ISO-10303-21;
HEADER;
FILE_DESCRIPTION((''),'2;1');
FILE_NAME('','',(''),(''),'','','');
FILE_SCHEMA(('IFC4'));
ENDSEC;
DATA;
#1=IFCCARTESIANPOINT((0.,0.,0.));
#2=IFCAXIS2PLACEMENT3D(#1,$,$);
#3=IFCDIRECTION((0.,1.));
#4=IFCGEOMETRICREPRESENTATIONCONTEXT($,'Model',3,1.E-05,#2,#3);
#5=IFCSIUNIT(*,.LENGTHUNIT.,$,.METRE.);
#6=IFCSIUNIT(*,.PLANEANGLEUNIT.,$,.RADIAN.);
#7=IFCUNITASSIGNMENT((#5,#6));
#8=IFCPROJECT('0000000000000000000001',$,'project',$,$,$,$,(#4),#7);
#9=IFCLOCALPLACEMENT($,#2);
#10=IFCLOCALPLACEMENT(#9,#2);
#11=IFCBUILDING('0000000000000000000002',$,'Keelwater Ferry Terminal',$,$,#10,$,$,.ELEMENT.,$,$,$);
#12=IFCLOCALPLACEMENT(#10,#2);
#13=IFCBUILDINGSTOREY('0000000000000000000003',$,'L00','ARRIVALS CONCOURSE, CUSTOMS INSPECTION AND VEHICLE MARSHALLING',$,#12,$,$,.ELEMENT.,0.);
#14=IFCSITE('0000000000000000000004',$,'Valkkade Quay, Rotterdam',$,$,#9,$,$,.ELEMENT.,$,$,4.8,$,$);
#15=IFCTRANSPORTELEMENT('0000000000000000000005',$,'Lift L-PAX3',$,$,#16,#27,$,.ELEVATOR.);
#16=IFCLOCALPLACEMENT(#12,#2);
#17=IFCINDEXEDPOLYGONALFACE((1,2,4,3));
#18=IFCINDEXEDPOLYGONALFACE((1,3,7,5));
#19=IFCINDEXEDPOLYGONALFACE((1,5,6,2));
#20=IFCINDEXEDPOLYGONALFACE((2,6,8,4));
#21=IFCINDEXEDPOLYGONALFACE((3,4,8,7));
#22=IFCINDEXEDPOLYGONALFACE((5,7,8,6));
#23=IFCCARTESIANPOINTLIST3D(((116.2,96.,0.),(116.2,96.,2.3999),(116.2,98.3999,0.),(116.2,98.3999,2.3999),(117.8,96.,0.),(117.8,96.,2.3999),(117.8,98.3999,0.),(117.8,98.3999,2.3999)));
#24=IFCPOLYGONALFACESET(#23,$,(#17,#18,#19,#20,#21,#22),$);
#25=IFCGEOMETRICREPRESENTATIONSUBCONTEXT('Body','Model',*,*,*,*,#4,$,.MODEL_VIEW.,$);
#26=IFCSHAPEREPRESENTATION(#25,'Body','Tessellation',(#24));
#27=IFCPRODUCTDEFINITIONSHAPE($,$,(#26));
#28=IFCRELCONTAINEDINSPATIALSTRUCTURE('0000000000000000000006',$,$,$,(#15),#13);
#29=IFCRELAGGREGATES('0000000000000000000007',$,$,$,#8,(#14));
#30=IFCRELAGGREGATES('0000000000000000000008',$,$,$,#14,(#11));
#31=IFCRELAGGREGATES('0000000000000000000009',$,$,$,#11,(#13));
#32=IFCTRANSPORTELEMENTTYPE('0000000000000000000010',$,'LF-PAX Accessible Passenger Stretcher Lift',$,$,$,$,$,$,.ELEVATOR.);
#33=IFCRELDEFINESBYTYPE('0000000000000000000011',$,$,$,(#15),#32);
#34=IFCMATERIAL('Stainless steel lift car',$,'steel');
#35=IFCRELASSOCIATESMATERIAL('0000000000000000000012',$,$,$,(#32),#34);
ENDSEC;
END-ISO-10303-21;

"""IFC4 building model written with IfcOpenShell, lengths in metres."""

from ifc_helpers import new_model, si_unit, direction, frame, origin, origin_2d, place, context, subcontext, project, spatial, rectangle, extrude, material, type_object, element, save


model = new_model("IFC4")

# Units and contexts
model_context = context("Model", 3, precision=1e-05, world=origin(), true_north=direction((0.0, 1.0)))
body_context = subcontext(model_context, "Body", "Model", "MODEL_VIEW")
ifc_project = project(units=[si_unit("LENGTHUNIT", "METRE"), si_unit("PLANEANGLEUNIT", "RADIAN")], contexts=[model_context])

# Site, building, storey
site_placement = place(None, origin())
site = spatial("IfcSite", under=ifc_project, at=site_placement, Name="Valkkade Quay, Rotterdam", CompositionType="ELEMENT", RefElevation=4.8)
building_placement = place(site_placement, origin())
building = spatial("IfcBuilding", under=site, at=building_placement, Name="Keelwater Ferry Terminal", CompositionType="ELEMENT")
storey_placement = place(building_placement, origin())
storey = spatial("IfcBuildingStorey", under=building, at=storey_placement, Name="L00", Description="ARRIVALS CONCOURSE, CUSTOMS INSPECTION AND VEHICLE MARSHALLING", CompositionType="ELEMENT", Elevation=0.0)

# Transport element
ifc_material_1 = material(Name="Stainless steel lift car", Category="steel")
transport_element_type_1 = type_object("IfcTransportElementType", Name="LF-PAX Accessible Passenger Stretcher Lift", PredefinedType="ELEVATOR", material=ifc_material_1)
transport_element_1_placement = place(storey_placement, frame((117.0, 97.2, 0.0), z_axis=(0.0, 0.0, 1.0), x_axis=(1.0, 0.0, 0.0)))
element("IfcTransportElement", 1, at=transport_element_1_placement, inside=storey, type_object=transport_element_type_1, Name="Lift L-PAX3", PredefinedType="ELEVATOR", context=body_context, shape_type="SweptSolid", body=[
    extrude(rectangle(XDim=1.6001, YDim=2.3999, at=origin_2d()), origin(), (0.0, 0.0, 1.0), 2.3999),
])

save(model, "model.ifc")
